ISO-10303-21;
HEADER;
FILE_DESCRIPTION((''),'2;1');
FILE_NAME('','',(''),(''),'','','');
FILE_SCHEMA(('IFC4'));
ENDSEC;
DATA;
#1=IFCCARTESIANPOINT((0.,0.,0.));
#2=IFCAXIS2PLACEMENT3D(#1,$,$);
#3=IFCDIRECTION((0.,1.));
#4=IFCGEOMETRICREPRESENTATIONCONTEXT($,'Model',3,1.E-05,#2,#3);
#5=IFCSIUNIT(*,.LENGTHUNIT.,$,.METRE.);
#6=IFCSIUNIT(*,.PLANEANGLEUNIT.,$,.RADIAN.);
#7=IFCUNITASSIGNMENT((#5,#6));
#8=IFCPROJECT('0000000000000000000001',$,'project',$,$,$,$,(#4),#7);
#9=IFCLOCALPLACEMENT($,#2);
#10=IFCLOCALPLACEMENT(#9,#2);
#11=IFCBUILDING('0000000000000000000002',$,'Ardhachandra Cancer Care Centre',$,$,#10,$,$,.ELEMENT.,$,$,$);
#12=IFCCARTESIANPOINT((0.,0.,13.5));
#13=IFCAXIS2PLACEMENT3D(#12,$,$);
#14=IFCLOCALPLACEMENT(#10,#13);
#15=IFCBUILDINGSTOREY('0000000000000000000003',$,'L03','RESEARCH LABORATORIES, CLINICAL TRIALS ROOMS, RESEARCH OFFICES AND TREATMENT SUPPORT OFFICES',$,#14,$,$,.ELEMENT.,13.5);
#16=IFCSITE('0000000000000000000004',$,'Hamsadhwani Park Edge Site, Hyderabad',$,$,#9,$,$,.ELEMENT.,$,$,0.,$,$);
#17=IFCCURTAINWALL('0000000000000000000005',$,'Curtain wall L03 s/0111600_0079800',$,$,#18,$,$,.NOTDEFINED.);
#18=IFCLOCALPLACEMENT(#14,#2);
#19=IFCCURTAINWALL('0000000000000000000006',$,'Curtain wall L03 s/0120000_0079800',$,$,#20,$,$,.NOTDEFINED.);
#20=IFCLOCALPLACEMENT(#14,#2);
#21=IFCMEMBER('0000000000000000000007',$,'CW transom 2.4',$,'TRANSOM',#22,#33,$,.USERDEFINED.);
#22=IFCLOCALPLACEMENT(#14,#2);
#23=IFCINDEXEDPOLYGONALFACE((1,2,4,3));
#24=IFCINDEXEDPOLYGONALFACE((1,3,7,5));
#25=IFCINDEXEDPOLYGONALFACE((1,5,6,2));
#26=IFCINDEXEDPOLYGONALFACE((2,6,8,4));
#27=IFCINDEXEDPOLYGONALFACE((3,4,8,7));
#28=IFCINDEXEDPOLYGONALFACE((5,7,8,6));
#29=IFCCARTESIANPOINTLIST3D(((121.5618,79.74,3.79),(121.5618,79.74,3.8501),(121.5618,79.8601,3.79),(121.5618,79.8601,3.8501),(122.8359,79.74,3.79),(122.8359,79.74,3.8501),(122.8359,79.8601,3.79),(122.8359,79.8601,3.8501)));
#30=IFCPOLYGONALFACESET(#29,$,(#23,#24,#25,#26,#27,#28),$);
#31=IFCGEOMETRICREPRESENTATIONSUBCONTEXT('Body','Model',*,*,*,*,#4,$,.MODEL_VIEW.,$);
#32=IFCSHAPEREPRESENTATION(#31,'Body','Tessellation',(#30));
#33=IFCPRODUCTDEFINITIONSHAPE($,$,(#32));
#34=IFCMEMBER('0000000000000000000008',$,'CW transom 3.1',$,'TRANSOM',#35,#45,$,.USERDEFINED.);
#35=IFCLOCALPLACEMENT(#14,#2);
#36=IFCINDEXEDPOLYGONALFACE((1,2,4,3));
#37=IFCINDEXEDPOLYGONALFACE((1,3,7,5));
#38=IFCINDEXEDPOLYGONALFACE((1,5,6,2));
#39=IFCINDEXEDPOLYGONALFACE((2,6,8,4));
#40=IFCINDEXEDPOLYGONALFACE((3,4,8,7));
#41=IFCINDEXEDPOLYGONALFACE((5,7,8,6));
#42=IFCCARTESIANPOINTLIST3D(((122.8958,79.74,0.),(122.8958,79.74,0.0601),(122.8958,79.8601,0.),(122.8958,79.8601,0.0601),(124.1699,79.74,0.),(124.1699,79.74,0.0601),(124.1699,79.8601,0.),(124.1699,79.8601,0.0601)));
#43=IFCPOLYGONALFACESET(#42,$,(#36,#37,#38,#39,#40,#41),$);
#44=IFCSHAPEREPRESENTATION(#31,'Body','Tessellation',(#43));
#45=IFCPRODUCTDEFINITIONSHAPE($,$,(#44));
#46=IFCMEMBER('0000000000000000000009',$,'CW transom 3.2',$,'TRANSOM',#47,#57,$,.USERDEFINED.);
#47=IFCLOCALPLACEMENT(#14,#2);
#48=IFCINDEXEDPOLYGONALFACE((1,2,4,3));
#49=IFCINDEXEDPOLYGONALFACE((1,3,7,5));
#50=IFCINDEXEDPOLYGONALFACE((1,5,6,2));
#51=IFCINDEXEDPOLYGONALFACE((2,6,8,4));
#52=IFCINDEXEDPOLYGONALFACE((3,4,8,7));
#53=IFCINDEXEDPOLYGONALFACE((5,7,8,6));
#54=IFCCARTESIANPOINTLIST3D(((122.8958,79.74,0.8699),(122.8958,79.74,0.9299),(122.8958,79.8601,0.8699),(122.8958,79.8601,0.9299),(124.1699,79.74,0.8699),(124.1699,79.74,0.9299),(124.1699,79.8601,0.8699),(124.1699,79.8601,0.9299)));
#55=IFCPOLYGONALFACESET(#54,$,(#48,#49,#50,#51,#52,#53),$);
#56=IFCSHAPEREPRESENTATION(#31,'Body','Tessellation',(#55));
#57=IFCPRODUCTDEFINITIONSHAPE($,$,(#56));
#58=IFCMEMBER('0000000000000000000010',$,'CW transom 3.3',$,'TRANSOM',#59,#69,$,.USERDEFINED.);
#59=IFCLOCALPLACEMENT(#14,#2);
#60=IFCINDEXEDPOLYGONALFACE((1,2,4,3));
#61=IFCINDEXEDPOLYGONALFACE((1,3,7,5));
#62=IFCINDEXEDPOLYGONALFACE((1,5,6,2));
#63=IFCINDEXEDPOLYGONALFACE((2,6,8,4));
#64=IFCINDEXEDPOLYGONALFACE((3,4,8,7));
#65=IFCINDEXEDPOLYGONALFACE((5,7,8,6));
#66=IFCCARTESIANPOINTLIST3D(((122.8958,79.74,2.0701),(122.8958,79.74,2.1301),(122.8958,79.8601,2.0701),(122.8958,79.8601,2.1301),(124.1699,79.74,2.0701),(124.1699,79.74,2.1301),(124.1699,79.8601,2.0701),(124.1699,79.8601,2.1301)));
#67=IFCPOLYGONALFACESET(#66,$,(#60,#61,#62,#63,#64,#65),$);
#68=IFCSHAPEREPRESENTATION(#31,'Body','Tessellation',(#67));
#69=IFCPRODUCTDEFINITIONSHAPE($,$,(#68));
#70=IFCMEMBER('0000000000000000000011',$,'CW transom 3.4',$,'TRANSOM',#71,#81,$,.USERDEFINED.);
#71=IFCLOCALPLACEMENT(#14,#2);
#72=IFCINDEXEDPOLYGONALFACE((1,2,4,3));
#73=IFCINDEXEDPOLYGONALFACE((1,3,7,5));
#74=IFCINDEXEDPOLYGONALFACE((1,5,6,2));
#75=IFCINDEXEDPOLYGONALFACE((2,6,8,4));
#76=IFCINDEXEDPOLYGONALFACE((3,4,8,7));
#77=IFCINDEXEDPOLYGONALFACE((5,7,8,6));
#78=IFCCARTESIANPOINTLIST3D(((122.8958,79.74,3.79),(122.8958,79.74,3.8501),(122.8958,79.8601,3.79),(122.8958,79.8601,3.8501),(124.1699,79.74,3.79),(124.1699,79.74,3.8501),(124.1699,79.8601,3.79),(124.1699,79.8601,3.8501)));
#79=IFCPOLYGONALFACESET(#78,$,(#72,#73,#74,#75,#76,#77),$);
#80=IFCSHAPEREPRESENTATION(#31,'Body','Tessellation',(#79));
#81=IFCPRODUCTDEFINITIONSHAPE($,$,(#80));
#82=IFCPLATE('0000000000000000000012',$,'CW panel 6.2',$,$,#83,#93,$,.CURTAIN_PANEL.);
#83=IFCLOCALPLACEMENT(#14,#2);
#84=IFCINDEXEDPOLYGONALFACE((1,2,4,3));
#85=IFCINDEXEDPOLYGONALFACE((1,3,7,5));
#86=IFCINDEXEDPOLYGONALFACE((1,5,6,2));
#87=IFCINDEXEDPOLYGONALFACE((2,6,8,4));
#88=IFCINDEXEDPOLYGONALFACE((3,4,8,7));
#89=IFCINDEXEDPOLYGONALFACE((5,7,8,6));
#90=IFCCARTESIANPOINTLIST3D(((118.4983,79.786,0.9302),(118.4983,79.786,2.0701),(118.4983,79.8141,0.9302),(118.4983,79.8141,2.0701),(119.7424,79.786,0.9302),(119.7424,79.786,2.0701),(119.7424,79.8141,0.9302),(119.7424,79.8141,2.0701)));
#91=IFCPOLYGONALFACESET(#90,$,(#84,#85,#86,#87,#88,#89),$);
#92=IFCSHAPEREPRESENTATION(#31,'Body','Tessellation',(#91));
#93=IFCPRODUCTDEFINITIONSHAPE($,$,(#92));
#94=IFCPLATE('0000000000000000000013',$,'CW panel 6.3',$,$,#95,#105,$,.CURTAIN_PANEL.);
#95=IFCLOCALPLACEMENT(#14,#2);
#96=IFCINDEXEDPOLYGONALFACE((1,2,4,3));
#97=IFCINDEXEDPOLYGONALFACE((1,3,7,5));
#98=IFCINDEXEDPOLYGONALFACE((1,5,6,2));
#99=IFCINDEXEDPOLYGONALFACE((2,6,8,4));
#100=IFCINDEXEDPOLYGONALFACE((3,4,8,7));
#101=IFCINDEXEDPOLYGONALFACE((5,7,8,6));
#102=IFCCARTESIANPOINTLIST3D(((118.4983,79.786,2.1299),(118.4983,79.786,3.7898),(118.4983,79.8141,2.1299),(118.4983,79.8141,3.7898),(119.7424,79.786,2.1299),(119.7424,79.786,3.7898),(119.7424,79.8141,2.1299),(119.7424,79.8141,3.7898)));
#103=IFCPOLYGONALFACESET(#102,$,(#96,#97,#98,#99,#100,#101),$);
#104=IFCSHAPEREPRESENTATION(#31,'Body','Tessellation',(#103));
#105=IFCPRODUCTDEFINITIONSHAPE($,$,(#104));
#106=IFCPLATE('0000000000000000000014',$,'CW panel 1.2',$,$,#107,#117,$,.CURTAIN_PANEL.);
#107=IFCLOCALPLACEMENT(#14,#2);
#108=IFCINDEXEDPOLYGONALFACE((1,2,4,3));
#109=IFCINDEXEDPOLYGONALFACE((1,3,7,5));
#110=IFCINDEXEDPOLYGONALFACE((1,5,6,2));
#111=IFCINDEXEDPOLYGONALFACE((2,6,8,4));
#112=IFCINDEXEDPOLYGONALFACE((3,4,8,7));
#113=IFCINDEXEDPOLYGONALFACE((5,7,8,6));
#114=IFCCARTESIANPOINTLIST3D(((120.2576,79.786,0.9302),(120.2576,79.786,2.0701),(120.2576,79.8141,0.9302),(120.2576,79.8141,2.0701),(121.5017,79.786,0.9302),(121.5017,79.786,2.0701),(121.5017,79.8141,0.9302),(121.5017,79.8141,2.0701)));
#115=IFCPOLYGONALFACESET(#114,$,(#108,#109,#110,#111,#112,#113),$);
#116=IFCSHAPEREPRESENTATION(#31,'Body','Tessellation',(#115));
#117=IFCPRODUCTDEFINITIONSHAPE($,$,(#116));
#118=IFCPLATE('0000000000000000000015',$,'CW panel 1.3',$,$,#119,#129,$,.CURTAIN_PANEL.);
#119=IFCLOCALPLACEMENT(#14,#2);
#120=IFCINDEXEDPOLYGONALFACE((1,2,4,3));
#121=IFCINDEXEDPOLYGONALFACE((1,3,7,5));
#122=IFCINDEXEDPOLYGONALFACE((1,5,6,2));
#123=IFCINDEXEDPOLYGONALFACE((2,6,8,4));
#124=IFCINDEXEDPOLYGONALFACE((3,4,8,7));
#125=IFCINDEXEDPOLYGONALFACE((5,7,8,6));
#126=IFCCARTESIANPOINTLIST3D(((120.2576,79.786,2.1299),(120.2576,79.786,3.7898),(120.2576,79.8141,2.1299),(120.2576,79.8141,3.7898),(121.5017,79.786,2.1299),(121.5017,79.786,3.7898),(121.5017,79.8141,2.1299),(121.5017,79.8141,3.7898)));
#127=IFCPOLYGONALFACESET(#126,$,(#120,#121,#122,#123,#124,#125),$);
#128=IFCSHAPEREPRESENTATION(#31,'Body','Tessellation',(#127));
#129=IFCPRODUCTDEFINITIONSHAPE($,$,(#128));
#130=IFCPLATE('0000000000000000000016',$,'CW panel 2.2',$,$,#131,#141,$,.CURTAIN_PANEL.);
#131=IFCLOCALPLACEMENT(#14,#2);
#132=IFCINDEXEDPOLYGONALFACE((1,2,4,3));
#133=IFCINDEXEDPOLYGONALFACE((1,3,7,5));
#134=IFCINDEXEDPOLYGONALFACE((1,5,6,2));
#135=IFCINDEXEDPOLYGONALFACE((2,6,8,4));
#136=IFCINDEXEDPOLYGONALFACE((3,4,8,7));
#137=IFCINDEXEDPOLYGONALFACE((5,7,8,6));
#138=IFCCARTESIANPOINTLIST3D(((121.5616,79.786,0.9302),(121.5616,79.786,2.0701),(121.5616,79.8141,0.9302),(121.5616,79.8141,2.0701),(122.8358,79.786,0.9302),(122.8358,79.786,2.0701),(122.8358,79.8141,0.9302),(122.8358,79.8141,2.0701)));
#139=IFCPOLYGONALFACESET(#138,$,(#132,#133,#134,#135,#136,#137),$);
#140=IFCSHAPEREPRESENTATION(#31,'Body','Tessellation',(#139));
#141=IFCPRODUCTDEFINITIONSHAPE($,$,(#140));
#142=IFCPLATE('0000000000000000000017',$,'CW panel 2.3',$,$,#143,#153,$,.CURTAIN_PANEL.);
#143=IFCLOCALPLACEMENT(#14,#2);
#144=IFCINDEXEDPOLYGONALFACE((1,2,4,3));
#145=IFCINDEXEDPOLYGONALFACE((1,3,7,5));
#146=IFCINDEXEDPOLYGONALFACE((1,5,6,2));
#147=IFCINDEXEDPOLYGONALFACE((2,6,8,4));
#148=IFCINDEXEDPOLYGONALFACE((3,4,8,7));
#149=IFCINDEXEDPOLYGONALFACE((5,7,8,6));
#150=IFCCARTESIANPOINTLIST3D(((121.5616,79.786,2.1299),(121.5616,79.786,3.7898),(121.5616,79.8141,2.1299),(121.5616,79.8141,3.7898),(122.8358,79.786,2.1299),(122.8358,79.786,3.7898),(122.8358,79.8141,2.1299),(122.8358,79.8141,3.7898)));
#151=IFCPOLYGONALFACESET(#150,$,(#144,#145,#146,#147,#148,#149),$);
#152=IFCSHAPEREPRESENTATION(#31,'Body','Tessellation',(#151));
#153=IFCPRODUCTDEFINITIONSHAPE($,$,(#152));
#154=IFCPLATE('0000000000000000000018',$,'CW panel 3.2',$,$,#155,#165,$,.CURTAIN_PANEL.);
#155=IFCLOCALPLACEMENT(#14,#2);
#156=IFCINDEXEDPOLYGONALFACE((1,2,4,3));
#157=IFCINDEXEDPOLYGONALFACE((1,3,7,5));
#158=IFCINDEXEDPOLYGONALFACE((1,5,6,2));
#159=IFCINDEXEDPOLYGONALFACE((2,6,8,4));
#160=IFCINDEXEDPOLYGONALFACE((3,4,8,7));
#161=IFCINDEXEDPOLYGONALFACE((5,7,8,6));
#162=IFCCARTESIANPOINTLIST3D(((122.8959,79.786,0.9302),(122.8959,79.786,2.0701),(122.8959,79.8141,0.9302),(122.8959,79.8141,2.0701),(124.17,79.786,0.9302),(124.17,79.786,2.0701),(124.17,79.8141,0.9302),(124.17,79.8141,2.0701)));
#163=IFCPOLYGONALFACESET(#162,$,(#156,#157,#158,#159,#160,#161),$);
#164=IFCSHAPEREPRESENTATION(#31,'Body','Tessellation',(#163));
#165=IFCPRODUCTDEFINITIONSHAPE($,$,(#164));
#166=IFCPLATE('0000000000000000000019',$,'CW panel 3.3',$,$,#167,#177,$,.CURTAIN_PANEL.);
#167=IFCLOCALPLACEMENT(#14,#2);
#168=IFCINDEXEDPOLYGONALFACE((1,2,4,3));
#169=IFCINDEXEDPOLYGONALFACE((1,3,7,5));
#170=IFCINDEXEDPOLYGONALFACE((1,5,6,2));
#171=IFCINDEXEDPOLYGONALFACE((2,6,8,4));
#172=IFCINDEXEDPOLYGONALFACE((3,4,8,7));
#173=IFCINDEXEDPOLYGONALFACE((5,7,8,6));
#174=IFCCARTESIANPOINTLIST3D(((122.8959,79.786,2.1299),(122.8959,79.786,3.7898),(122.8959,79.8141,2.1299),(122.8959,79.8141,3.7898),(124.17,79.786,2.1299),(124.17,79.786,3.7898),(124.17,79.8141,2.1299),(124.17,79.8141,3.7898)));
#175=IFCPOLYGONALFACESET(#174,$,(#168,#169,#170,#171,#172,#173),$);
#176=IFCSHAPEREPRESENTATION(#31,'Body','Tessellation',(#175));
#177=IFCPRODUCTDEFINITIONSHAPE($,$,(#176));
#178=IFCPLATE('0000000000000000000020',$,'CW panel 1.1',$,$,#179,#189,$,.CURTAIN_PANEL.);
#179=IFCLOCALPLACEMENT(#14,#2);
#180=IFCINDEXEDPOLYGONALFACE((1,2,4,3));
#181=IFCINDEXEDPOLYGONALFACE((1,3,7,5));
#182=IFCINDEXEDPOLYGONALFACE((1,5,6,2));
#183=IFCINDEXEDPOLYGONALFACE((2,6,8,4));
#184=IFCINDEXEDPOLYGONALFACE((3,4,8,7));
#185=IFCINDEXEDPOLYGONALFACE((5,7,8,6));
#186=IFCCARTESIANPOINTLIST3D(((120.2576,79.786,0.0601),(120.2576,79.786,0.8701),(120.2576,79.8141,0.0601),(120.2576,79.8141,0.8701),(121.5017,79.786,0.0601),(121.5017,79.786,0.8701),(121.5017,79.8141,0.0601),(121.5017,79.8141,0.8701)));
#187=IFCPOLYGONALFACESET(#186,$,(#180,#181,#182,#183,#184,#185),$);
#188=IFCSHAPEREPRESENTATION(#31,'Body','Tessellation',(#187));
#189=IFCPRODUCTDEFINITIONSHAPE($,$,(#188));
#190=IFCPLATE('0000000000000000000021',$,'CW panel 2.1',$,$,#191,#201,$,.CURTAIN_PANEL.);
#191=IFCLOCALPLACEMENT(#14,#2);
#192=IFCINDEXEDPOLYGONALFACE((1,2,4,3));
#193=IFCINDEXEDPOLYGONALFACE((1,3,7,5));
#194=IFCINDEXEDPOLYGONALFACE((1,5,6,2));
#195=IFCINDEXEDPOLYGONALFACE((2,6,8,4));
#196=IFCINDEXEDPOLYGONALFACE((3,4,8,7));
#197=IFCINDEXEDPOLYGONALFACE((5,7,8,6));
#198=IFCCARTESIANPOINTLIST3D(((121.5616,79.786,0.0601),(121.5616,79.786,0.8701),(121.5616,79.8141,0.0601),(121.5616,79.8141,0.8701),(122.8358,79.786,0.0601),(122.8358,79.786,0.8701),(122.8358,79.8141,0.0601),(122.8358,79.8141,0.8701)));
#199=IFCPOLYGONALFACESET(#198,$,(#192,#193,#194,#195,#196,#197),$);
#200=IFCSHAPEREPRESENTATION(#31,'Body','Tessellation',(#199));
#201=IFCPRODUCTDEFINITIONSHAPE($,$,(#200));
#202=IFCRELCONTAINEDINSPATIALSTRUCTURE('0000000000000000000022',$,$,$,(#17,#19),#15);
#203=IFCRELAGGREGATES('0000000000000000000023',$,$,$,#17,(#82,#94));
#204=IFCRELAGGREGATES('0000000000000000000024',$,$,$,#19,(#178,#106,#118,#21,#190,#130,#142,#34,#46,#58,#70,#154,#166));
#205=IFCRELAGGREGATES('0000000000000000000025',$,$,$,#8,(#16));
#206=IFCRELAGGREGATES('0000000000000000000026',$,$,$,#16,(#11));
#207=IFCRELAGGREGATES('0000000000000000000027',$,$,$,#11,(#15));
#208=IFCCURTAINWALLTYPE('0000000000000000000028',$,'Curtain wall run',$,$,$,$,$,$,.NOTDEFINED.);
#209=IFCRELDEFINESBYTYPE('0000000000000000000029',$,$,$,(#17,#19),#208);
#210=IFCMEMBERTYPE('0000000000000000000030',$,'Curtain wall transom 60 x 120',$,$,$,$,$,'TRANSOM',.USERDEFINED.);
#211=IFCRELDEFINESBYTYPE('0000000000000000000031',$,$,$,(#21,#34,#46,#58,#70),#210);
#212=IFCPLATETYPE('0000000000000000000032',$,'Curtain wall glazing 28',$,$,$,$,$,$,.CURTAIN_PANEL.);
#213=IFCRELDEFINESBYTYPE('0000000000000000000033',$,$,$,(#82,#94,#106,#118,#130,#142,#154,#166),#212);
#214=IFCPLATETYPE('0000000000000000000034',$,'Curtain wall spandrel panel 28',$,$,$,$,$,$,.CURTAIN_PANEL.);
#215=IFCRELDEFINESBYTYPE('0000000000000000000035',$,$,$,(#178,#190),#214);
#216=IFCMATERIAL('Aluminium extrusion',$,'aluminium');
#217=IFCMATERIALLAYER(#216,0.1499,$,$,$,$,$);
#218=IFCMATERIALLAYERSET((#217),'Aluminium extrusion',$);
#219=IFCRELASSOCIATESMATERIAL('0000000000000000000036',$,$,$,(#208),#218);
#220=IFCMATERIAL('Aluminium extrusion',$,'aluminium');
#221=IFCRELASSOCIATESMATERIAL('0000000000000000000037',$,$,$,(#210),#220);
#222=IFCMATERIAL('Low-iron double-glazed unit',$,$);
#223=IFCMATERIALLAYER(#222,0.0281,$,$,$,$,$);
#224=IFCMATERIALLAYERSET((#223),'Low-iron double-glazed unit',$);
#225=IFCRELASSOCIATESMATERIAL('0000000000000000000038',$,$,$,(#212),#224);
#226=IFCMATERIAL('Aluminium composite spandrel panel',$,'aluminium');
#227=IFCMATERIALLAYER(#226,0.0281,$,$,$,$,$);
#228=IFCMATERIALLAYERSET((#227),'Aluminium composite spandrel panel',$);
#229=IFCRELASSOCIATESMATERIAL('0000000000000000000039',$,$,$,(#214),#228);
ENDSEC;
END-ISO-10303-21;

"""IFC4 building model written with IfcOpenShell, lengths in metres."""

from ifc_helpers import new_model, si_unit, direction, frame, origin, origin_2d, place, context, subcontext, project, spatial, rectangle, extrude, material, layer, layer_set, material_profile, profile_set, type_object, element, aggregate, save


model = new_model("IFC4")

# Units and contexts
model_context = context("Model", 3, precision=1e-05, world=origin(), true_north=direction((0.0, 1.0)))
body_context = subcontext(model_context, "Body", "Model", "MODEL_VIEW")
ifc_project = project(units=[si_unit("LENGTHUNIT", "METRE"), si_unit("PLANEANGLEUNIT", "RADIAN")], contexts=[model_context])

# Site, building, storey
site_placement = place(None, origin())
site = spatial("IfcSite", under=ifc_project, at=site_placement, Name="Hamsadhwani Park Edge Site, Hyderabad", CompositionType="ELEMENT", RefElevation=0.0)
building_placement = place(site_placement, origin())
building = spatial("IfcBuilding", under=site, at=building_placement, Name="Ardhachandra Cancer Care Centre", CompositionType="ELEMENT")
storey_placement = place(building_placement, frame((0.0, 0.0, 13.5)))
storey = spatial("IfcBuildingStorey", under=building, at=storey_placement, Name="L03", Description="RESEARCH LABORATORIES, CLINICAL TRIALS ROOMS, RESEARCH OFFICES AND TREATMENT SUPPORT OFFICES", CompositionType="ELEMENT", Elevation=13.5)

# Curtain wall
ifc_material_1 = material(Name="Aluminium extrusion", Category="aluminium")
ifc_layer_1 = layer(ifc_material_1, 0.1499)
ifc_layer_set_1 = layer_set([ifc_layer_1], Name="Aluminium extrusion")
curtain_wall_type = type_object("IfcCurtainWallType", Name="Curtain wall run", PredefinedType="NOTDEFINED", material=ifc_layer_set_1)
curtain_wall_1_placement = place(storey_placement, origin())
curtain_wall_1 = element("IfcCurtainWall", 1, at=curtain_wall_1_placement, inside=storey, type_object=curtain_wall_type, Name="Curtain wall L03 s/0111600_0079800", PredefinedType="NOTDEFINED")

# Curtain wall, members
curtain_wall_2_placement = place(storey_placement, origin())
curtain_wall_2 = element("IfcCurtainWall", 2, at=curtain_wall_2_placement, inside=storey, type_object=curtain_wall_type, Name="Curtain wall L03 s/0120000_0079800", PredefinedType="NOTDEFINED")
ifc_material_2 = material(Name="Aluminium extrusion", Category="aluminium")
ifc_material_profile_1 = material_profile(ifc_material_2, rectangle(XDim=0.1201, YDim=0.0601, at=origin_2d()), Name="Curtain wall transom 60 x 120")
ifc_profile_set_1 = profile_set([ifc_material_profile_1], Name="Aluminium extrusion")
member_type_1 = type_object("IfcMemberType", Name="Curtain wall transom 60 x 120", ElementType="TRANSOM", PredefinedType="USERDEFINED", material=ifc_profile_set_1)
member_1_placement = place(storey_placement, frame((121.5618, 79.8, 3.8201), z_axis=(1.0, 0.0, 0.0), x_axis=(0.0, 1.0, 0.0)))
member_1 = element("IfcMember", 3, at=member_1_placement, type_object=member_type_1, Name="CW transom 2.4", ObjectType="TRANSOM", PredefinedType="USERDEFINED", context=body_context, shape_type="SweptSolid", body=[
    extrude(rectangle(XDim=0.1201, YDim=0.0601, at=origin_2d()), origin(), (0.0, 0.0, 1.0), 1.2742),
])
member_2_placement = place(storey_placement, frame((122.8958, 79.8, 0.03), z_axis=(1.0, 0.0, 0.0), x_axis=(0.0, 1.0, 0.0)))
member_2 = element("IfcMember", 4, at=member_2_placement, type_object=member_type_1, Name="CW transom 3.1", ObjectType="TRANSOM", PredefinedType="USERDEFINED", context=body_context, shape_type="SweptSolid", body=[
    extrude(rectangle(XDim=0.1201, YDim=0.0601, at=origin_2d()), origin(), (0.0, 0.0, 1.0), 1.2742),
])
member_3_placement = place(storey_placement, frame((122.8958, 79.8, 0.8999), z_axis=(1.0, 0.0, 0.0), x_axis=(0.0, 1.0, 0.0)))
member_3 = element("IfcMember", 5, at=member_3_placement, type_object=member_type_1, Name="CW transom 3.2", ObjectType="TRANSOM", PredefinedType="USERDEFINED", context=body_context, shape_type="SweptSolid", body=[
    extrude(rectangle(XDim=0.1201, YDim=0.0601, at=origin_2d()), origin(), (0.0, 0.0, 1.0), 1.2742),
])
member_4_placement = place(storey_placement, frame((122.8958, 79.8, 2.1001), z_axis=(1.0, 0.0, 0.0), x_axis=(0.0, 1.0, 0.0)))
member_4 = element("IfcMember", 6, at=member_4_placement, type_object=member_type_1, Name="CW transom 3.3", ObjectType="TRANSOM", PredefinedType="USERDEFINED", context=body_context, shape_type="SweptSolid", body=[
    extrude(rectangle(XDim=0.1201, YDim=0.0601, at=origin_2d()), origin(), (0.0, 0.0, 1.0), 1.2742),
])
member_5_placement = place(storey_placement, frame((122.8958, 79.8, 3.8201), z_axis=(1.0, 0.0, 0.0), x_axis=(0.0, 1.0, 0.0)))
member_5 = element("IfcMember", 7, at=member_5_placement, type_object=member_type_1, Name="CW transom 3.4", ObjectType="TRANSOM", PredefinedType="USERDEFINED", context=body_context, shape_type="SweptSolid", body=[
    extrude(rectangle(XDim=0.1201, YDim=0.0601, at=origin_2d()), origin(), (0.0, 0.0, 1.0), 1.2742),
])

# Plates
ifc_material_3 = material(Name="Low-iron double-glazed unit")
ifc_layer_2 = layer(ifc_material_3, 0.0281)
ifc_layer_set_2 = layer_set([ifc_layer_2], Name="Low-iron double-glazed unit")
plate_type_1 = type_object("IfcPlateType", Name="Curtain wall glazing 28", PredefinedType="CURTAIN_PANEL", material=ifc_layer_set_2)
plate_1_placement = place(storey_placement, frame((119.1204, 79.8, 0.9302), z_axis=(0.0, 0.0, 1.0), x_axis=(1.0, 0.0, 0.0)))
plate_1 = element("IfcPlate", 8, at=plate_1_placement, type_object=plate_type_1, Name="CW panel 6.2", PredefinedType="CURTAIN_PANEL", context=body_context, shape_type="SweptSolid", body=[
    extrude(rectangle(XDim=1.2441, YDim=0.0281, at=origin_2d()), origin(), (0.0, 0.0, 1.0), 1.1399),
])
plate_2_placement = place(storey_placement, frame((119.1204, 79.8, 2.1299), z_axis=(0.0, 0.0, 1.0), x_axis=(1.0, 0.0, 0.0)))
plate_2 = element("IfcPlate", 9, at=plate_2_placement, type_object=plate_type_1, Name="CW panel 6.3", PredefinedType="CURTAIN_PANEL", context=body_context, shape_type="SweptSolid", body=[
    extrude(rectangle(XDim=1.2441, YDim=0.0281, at=origin_2d()), origin(), (0.0, 0.0, 1.0), 1.6599),
])
aggregate(curtain_wall_1, [plate_1, plate_2])
plate_3_placement = place(storey_placement, frame((120.8796, 79.8, 0.9302), z_axis=(0.0, 0.0, 1.0), x_axis=(1.0, 0.0, 0.0)))
plate_3 = element("IfcPlate", 10, at=plate_3_placement, type_object=plate_type_1, Name="CW panel 1.2", PredefinedType="CURTAIN_PANEL", context=body_context, shape_type="SweptSolid", body=[
    extrude(rectangle(XDim=1.2441, YDim=0.0281, at=origin_2d()), origin(), (0.0, 0.0, 1.0), 1.1399),
])
plate_4_placement = place(storey_placement, frame((120.8796, 79.8, 2.1299), z_axis=(0.0, 0.0, 1.0), x_axis=(1.0, 0.0, 0.0)))
plate_4 = element("IfcPlate", 11, at=plate_4_placement, type_object=plate_type_1, Name="CW panel 1.3", PredefinedType="CURTAIN_PANEL", context=body_context, shape_type="SweptSolid", body=[
    extrude(rectangle(XDim=1.2441, YDim=0.0281, at=origin_2d()), origin(), (0.0, 0.0, 1.0), 1.6599),
])
plate_5_placement = place(storey_placement, frame((122.1987, 79.8, 0.9302), z_axis=(0.0, 0.0, 1.0), x_axis=(1.0, 0.0, 0.0)))
plate_5 = element("IfcPlate", 12, at=plate_5_placement, type_object=plate_type_1, Name="CW panel 2.2", PredefinedType="CURTAIN_PANEL", context=body_context, shape_type="SweptSolid", body=[
    extrude(rectangle(XDim=1.2742, YDim=0.0281, at=origin_2d()), origin(), (0.0, 0.0, 1.0), 1.1399),
])
plate_6_placement = place(storey_placement, frame((122.1987, 79.8, 2.1299), z_axis=(0.0, 0.0, 1.0), x_axis=(1.0, 0.0, 0.0)))
plate_6 = element("IfcPlate", 13, at=plate_6_placement, type_object=plate_type_1, Name="CW panel 2.3", PredefinedType="CURTAIN_PANEL", context=body_context, shape_type="SweptSolid", body=[
    extrude(rectangle(XDim=1.2742, YDim=0.0281, at=origin_2d()), origin(), (0.0, 0.0, 1.0), 1.6599),
])
plate_7_placement = place(storey_placement, frame((123.533, 79.8, 0.9302), z_axis=(0.0, 0.0, 1.0), x_axis=(1.0, 0.0, 0.0)))
plate_7 = element("IfcPlate", 14, at=plate_7_placement, type_object=plate_type_1, Name="CW panel 3.2", PredefinedType="CURTAIN_PANEL", context=body_context, shape_type="SweptSolid", body=[
    extrude(rectangle(XDim=1.2742, YDim=0.0281, at=origin_2d()), origin(), (0.0, 0.0, 1.0), 1.1399),
])
plate_8_placement = place(storey_placement, frame((123.533, 79.8, 2.1299), z_axis=(0.0, 0.0, 1.0), x_axis=(1.0, 0.0, 0.0)))
plate_8 = element("IfcPlate", 15, at=plate_8_placement, type_object=plate_type_1, Name="CW panel 3.3", PredefinedType="CURTAIN_PANEL", context=body_context, shape_type="SweptSolid", body=[
    extrude(rectangle(XDim=1.2742, YDim=0.0281, at=origin_2d()), origin(), (0.0, 0.0, 1.0), 1.6599),
])
ifc_material_4 = material(Name="Aluminium composite spandrel panel", Category="aluminium")
ifc_layer_3 = layer(ifc_material_4, 0.0281)
ifc_layer_set_3 = layer_set([ifc_layer_3], Name="Aluminium composite spandrel panel")
plate_type_2 = type_object("IfcPlateType", Name="Curtain wall spandrel panel 28", PredefinedType="CURTAIN_PANEL", material=ifc_layer_set_3)
plate_9_placement = place(storey_placement, frame((120.8796, 79.8, 0.0601), z_axis=(0.0, 0.0, 1.0), x_axis=(1.0, 0.0, 0.0)))
plate_9 = element("IfcPlate", 16, at=plate_9_placement, type_object=plate_type_2, Name="CW panel 1.1", PredefinedType="CURTAIN_PANEL", context=body_context, shape_type="SweptSolid", body=[
    extrude(rectangle(XDim=1.2441, YDim=0.0281, at=origin_2d()), origin(), (0.0, 0.0, 1.0), 0.8101),
])
plate_10_placement = place(storey_placement, frame((122.1987, 79.8, 0.0601), z_axis=(0.0, 0.0, 1.0), x_axis=(1.0, 0.0, 0.0)))
plate_10 = element("IfcPlate", 17, at=plate_10_placement, type_object=plate_type_2, Name="CW panel 2.1", PredefinedType="CURTAIN_PANEL", context=body_context, shape_type="SweptSolid", body=[
    extrude(rectangle(XDim=1.2742, YDim=0.0281, at=origin_2d()), origin(), (0.0, 0.0, 1.0), 0.8101),
])
aggregate(curtain_wall_2, [plate_9, plate_3, plate_4, member_1, plate_10, plate_5, plate_6, member_2, member_3, member_4, member_5, plate_7, plate_8])

save(model, "model.ifc")
